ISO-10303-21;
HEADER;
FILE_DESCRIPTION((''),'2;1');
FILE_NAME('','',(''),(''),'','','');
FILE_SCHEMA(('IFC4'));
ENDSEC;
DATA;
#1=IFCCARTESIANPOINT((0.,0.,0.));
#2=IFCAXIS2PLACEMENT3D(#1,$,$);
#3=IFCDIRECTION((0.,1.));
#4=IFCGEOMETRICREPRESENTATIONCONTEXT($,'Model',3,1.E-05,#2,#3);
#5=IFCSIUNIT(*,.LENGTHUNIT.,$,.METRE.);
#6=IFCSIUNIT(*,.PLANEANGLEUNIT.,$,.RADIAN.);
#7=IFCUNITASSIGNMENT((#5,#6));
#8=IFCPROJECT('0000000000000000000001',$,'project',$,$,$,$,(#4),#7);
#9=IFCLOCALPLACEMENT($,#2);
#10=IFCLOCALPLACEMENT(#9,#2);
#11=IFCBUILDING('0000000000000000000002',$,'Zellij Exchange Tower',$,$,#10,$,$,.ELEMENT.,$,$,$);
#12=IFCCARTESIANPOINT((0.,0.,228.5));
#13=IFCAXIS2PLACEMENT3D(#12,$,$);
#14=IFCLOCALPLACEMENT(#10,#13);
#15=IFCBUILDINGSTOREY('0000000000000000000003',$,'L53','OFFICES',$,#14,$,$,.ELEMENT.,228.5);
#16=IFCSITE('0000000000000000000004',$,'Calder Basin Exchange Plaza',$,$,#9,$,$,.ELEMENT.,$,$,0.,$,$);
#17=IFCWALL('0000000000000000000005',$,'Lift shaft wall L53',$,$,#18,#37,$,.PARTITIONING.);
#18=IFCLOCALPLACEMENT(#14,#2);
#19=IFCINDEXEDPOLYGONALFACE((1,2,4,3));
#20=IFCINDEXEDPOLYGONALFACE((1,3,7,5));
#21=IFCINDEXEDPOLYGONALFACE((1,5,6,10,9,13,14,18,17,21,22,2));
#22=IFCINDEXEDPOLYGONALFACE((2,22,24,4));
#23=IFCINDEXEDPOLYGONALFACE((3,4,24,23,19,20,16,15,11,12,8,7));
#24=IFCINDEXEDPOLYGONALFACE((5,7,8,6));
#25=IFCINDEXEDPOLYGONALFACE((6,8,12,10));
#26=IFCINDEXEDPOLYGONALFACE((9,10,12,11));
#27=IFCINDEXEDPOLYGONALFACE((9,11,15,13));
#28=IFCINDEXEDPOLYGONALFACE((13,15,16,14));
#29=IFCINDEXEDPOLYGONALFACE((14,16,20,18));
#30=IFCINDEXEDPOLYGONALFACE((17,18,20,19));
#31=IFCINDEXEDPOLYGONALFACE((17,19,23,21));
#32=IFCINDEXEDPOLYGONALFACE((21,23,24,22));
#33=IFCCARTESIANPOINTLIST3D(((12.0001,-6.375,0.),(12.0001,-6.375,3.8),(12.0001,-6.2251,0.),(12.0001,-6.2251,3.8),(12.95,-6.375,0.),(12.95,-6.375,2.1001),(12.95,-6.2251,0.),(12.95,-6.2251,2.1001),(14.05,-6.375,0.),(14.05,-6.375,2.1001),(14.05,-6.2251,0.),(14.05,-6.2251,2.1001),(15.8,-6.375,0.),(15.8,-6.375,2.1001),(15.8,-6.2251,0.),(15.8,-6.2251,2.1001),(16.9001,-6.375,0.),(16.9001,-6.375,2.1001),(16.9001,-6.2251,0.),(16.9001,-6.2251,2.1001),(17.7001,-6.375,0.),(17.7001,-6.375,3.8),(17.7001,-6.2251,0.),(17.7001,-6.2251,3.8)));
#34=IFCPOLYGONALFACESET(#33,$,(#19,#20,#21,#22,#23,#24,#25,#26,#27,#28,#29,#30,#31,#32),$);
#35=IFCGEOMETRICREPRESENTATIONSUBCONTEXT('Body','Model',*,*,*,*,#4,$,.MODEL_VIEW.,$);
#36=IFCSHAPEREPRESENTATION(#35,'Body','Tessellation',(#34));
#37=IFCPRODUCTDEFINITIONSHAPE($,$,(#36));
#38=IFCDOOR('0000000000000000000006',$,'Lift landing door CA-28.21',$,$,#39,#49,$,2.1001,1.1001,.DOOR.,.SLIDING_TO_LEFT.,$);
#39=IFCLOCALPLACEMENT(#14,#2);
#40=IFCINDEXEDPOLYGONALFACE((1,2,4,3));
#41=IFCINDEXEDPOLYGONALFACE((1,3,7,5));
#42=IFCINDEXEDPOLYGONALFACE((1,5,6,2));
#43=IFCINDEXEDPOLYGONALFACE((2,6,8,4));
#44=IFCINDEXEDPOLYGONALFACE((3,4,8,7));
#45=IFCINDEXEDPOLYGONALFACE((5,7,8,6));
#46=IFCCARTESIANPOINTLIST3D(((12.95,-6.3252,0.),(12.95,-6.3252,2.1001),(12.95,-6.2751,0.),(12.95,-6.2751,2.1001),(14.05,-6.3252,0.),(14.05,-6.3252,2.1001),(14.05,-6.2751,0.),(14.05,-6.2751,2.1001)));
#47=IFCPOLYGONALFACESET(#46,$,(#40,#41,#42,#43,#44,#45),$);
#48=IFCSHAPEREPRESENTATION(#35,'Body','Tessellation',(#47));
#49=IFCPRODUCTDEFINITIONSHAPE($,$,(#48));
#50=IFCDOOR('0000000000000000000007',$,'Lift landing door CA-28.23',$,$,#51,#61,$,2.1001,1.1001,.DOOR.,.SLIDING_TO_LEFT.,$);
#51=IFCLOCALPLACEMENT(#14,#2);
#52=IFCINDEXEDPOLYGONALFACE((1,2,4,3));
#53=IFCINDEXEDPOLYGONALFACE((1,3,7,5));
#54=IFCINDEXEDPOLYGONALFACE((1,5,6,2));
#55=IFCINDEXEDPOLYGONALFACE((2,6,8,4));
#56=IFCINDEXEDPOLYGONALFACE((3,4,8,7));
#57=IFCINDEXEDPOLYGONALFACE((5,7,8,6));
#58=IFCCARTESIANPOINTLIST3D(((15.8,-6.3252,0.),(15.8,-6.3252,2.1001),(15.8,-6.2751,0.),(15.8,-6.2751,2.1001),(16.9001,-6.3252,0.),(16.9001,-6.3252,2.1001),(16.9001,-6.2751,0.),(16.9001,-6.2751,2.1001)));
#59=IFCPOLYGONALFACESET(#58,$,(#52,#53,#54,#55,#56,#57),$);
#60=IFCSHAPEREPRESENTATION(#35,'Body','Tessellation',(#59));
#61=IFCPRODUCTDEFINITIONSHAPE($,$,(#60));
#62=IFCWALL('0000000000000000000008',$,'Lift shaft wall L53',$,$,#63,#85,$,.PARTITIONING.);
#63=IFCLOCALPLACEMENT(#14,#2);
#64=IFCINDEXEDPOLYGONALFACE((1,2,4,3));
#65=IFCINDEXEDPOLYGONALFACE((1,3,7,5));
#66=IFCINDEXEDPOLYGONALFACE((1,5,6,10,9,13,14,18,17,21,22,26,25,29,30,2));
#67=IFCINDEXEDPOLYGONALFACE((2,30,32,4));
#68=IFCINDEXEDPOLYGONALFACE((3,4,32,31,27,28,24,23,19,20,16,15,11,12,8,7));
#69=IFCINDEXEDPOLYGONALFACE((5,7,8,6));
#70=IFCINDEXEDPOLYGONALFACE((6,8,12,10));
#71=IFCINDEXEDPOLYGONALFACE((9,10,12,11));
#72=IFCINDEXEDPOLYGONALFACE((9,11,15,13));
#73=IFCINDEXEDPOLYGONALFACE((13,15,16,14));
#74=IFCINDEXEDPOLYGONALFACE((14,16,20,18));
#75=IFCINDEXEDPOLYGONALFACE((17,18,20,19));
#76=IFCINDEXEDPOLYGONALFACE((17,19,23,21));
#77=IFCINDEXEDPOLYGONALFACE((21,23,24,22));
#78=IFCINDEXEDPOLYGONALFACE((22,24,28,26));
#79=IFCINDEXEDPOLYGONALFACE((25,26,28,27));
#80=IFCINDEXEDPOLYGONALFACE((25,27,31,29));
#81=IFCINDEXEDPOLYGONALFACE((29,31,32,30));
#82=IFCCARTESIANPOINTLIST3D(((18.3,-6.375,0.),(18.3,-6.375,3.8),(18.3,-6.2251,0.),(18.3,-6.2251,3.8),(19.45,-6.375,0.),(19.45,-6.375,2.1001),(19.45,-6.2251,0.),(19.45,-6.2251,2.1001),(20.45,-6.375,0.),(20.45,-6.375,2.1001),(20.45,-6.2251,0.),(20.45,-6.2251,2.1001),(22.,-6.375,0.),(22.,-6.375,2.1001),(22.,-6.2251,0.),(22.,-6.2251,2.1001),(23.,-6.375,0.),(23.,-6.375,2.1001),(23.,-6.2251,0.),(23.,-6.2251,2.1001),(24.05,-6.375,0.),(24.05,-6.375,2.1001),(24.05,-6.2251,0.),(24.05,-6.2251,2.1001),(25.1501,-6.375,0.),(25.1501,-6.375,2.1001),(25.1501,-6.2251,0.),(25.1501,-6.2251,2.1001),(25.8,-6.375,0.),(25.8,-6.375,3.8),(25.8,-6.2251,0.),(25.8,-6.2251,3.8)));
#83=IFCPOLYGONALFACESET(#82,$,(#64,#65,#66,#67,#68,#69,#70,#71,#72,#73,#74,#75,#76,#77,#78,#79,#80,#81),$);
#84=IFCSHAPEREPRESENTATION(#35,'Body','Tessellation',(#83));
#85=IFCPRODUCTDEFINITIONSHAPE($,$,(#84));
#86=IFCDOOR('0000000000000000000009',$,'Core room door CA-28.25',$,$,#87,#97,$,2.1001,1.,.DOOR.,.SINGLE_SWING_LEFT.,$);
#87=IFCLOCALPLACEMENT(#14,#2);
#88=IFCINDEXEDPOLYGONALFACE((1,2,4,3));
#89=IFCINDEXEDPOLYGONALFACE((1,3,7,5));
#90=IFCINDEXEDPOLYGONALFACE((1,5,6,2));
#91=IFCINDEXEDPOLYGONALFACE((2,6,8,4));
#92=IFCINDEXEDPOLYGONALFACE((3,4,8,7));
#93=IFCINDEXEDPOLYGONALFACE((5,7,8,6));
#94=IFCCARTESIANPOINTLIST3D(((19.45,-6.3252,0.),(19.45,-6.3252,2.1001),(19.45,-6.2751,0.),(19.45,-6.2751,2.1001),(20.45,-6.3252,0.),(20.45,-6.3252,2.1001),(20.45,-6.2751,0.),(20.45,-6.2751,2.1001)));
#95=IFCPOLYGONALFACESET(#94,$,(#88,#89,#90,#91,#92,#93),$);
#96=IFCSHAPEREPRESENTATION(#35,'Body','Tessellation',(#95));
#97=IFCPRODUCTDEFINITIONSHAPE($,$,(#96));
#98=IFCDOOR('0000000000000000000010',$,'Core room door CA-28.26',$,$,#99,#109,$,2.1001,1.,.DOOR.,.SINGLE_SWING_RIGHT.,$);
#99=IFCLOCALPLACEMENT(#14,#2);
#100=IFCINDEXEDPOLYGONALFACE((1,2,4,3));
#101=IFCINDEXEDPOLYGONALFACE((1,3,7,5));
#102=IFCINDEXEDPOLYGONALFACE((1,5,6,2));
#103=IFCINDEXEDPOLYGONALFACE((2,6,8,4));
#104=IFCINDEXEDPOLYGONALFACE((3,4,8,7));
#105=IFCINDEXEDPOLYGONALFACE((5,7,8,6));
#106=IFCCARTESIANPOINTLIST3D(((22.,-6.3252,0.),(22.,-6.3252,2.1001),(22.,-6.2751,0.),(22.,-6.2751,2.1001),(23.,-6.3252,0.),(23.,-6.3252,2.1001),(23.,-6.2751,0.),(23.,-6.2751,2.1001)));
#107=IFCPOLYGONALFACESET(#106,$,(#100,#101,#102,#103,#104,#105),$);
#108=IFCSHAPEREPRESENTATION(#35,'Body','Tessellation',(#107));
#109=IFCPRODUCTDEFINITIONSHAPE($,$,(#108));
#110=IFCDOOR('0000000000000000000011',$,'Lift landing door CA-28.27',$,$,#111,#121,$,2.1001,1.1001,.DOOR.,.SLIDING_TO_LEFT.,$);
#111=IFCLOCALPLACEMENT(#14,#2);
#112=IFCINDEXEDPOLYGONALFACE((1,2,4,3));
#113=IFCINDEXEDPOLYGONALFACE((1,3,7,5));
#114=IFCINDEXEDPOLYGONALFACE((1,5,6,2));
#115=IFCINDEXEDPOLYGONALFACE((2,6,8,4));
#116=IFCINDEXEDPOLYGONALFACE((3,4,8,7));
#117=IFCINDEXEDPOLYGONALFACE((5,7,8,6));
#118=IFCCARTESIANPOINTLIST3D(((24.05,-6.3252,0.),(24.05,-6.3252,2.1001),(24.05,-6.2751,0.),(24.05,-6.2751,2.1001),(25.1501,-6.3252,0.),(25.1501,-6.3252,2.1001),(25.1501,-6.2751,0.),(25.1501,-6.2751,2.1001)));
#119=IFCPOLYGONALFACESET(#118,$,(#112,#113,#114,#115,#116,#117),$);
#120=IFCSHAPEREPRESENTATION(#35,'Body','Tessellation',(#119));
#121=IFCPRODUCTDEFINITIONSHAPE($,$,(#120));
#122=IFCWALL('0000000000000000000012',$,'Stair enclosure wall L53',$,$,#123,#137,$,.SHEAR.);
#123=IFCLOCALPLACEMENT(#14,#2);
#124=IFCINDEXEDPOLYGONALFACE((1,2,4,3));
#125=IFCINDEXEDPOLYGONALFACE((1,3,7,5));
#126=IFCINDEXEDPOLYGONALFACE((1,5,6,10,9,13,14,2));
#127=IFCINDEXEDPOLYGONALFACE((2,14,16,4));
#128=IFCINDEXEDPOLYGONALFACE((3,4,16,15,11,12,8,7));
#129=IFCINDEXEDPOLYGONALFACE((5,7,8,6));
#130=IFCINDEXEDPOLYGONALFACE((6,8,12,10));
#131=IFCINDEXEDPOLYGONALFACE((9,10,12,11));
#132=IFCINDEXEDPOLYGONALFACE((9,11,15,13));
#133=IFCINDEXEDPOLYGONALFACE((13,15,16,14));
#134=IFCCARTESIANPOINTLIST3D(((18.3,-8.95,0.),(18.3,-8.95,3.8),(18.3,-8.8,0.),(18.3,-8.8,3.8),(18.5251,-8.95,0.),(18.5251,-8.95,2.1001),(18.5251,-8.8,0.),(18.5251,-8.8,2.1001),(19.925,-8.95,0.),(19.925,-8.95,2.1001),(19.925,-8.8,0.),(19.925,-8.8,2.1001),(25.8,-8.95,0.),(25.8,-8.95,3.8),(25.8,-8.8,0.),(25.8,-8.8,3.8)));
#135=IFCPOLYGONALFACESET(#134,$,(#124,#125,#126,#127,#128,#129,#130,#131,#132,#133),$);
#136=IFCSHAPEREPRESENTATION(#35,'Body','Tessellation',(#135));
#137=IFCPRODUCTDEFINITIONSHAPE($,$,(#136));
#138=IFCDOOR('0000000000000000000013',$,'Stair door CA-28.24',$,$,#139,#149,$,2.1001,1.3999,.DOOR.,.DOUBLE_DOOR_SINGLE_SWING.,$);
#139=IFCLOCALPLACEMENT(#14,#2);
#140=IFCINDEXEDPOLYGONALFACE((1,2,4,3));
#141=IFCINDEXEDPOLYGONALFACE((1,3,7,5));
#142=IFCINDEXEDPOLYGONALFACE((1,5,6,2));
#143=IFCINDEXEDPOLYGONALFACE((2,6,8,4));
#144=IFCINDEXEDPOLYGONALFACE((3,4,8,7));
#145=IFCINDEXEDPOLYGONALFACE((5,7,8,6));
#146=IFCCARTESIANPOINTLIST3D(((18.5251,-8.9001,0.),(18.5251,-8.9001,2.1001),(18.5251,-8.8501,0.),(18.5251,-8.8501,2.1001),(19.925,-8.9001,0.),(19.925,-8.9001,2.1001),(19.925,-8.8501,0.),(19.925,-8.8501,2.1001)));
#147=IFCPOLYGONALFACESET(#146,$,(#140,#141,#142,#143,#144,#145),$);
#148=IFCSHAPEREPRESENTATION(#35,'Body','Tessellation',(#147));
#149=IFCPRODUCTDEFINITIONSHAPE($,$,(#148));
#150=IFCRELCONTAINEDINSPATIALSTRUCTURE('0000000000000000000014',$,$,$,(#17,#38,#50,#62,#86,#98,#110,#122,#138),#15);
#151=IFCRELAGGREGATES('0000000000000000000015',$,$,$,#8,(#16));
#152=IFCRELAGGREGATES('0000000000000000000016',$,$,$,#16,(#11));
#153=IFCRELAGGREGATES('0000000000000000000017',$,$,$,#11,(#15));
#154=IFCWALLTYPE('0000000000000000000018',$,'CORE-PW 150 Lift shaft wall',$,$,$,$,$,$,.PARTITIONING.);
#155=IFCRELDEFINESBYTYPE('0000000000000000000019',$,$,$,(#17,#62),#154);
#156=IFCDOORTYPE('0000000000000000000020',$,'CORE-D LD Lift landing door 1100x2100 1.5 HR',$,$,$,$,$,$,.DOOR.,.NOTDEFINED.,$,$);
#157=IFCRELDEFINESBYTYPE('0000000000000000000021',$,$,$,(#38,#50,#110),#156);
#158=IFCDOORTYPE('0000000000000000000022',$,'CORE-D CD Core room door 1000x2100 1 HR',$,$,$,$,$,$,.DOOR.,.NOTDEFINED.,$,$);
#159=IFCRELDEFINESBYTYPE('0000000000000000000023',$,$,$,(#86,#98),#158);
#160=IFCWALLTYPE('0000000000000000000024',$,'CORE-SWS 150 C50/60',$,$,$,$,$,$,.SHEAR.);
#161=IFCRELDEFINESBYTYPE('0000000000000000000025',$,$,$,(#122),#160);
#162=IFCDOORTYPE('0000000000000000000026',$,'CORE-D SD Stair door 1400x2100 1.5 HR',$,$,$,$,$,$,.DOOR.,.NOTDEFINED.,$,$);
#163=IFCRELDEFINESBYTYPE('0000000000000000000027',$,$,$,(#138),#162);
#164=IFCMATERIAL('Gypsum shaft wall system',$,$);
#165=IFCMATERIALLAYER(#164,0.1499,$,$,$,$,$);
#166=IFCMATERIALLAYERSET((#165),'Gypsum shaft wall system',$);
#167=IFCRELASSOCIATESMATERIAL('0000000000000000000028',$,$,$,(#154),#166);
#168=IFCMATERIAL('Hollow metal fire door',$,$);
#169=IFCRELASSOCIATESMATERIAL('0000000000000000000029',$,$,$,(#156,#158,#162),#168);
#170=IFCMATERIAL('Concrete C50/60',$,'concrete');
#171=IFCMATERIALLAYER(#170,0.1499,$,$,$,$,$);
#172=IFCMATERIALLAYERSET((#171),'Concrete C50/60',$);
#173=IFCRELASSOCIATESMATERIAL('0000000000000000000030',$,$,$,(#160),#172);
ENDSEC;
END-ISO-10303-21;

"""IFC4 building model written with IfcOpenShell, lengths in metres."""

from ifc_helpers import new_model, si_unit, direction, frame, frame_2d, origin, place, context, subcontext, project, spatial, rectangle, extrude, material, layer, layer_set, type_object, element, fill, save


model = new_model("IFC4")

# Units and contexts
model_context = context("Model", 3, precision=1e-05, world=origin(), true_north=direction((0.0, 1.0)))
body_context = subcontext(model_context, "Body", "Model", "MODEL_VIEW")
ifc_project = project(units=[si_unit("LENGTHUNIT", "METRE"), si_unit("PLANEANGLEUNIT", "RADIAN")], contexts=[model_context])

# Site, building, storey
site_placement = place(None, origin())
site = spatial("IfcSite", under=ifc_project, at=site_placement, Name="Calder Basin Exchange Plaza", CompositionType="ELEMENT", RefElevation=0.0)
building_placement = place(site_placement, origin())
building = spatial("IfcBuilding", under=site, at=building_placement, Name="Zellij Exchange Tower", CompositionType="ELEMENT")
storey_placement = place(building_placement, frame((0.0, 0.0, 228.5)))
storey = spatial("IfcBuildingStorey", under=building, at=storey_placement, Name="L53", Description="OFFICES", CompositionType="ELEMENT", Elevation=228.5)

# Shared definitions
ifc_material_1 = material(Name="Concrete C50/60", Category="concrete")
ifc_material_2 = material(Name="Gypsum shaft wall system")
ifc_layer_1 = layer(ifc_material_2, 0.1499)
ifc_layer_set_1 = layer_set([ifc_layer_1], Name="Gypsum shaft wall system")
wall_type_1 = type_object("IfcWallType", Name="CORE-PW 150 Lift shaft wall", PredefinedType="PARTITIONING", material=ifc_layer_set_1)

# Walls, openings, doors
wall_1_placement = place(storey_placement, frame((12.0, -6.3, 0.0), z_axis=(0.0, 0.0, 1.0), x_axis=(1.0, 0.0, 0.0)))
wall_1 = element("IfcWall", 1, at=wall_1_placement, inside=storey, type_object=wall_type_1, Name="Lift shaft wall L53", PredefinedType="PARTITIONING", context=body_context, shape_type="SweptSolid", body=[
    extrude(rectangle(XDim=5.7, YDim=0.1499, at=frame_2d((2.8501, 0.0))), origin(), (0.0, 0.0, 1.0), 3.8),
])
opening_1_placement = place(wall_1_placement, frame((0.95, 0.0, 0.0)))
opening_1 = element("IfcOpeningElement", 2, at=opening_1_placement, cuts=wall_1, PredefinedType="OPENING", context=body_context, shape_type="SweptSolid", body=[
    extrude(rectangle(XDim=1.1001, YDim=2.1001, at=frame_2d((0.55, 1.05))), frame((0.0, 0.0869, 0.0), z_axis=(0.0, -1.0, 0.0), x_axis=(1.0, 0.0, 0.0)), (0.0, 0.0, 1.0), 0.1738),
])
opening_2_placement = place(wall_1_placement, frame((3.8, 0.0, 0.0)))
opening_2 = element("IfcOpeningElement", 3, at=opening_2_placement, cuts=wall_1, PredefinedType="OPENING", context=body_context, shape_type="SweptSolid", body=[
    extrude(rectangle(XDim=1.1001, YDim=2.1001, at=frame_2d((0.55, 1.05))), frame((0.0, 0.0869, 0.0), z_axis=(0.0, -1.0, 0.0), x_axis=(1.0, 0.0, 0.0)), (0.0, 0.0, 1.0), 0.1738),
])
ifc_material_3 = material(Name="Hollow metal fire door")
door_type_1 = type_object("IfcDoorType", Name="CORE-D LD Lift landing door 1100x2100 1.5 HR", OperationType="NOTDEFINED", PredefinedType="DOOR", material=ifc_material_3)
door_1_placement = place(opening_1_placement, origin())
door_1 = element("IfcDoor", 4, at=door_1_placement, inside=storey, type_object=door_type_1, Name="Lift landing door CA-28.21", OperationType="SLIDING_TO_LEFT", OverallHeight=2.1001, OverallWidth=1.1001, PredefinedType="DOOR", context=body_context, shape_type="SweptSolid", body=[
    extrude(rectangle(XDim=1.1001, YDim=2.1001, at=frame_2d((0.55, 1.05))), frame((0.0, 0.0249, 0.0), z_axis=(0.0, -1.0, 0.0), x_axis=(1.0, 0.0, 0.0)), (0.0, 0.0, 1.0), 0.05),
])
fill(opening_1, door_1)
door_2_placement = place(opening_2_placement, origin())
door_2 = element("IfcDoor", 5, at=door_2_placement, inside=storey, type_object=door_type_1, Name="Lift landing door CA-28.23", OperationType="SLIDING_TO_LEFT", OverallHeight=2.1001, OverallWidth=1.1001, PredefinedType="DOOR", context=body_context, shape_type="SweptSolid", body=[
    extrude(rectangle(XDim=1.1001, YDim=2.1001, at=frame_2d((0.55, 1.05))), frame((0.0, 0.0249, 0.0), z_axis=(0.0, -1.0, 0.0), x_axis=(1.0, 0.0, 0.0)), (0.0, 0.0, 1.0), 0.05),
])
fill(opening_2, door_2)
wall_2_placement = place(storey_placement, frame((18.3, -6.3, 0.0), z_axis=(0.0, 0.0, 1.0), x_axis=(1.0, 0.0, 0.0)))
wall_2 = element("IfcWall", 6, at=wall_2_placement, inside=storey, type_object=wall_type_1, Name="Lift shaft wall L53", PredefinedType="PARTITIONING", context=body_context, shape_type="SweptSolid", body=[
    extrude(rectangle(XDim=7.5, YDim=0.1499, at=frame_2d((3.75, 0.0))), origin(), (0.0, 0.0, 1.0), 3.8),
])
opening_3_placement = place(wall_2_placement, frame((1.1499, 0.0, 0.0)))
opening_3 = element("IfcOpeningElement", 7, at=opening_3_placement, cuts=wall_2, PredefinedType="OPENING", context=body_context, shape_type="SweptSolid", body=[
    extrude(rectangle(XDim=1.0, YDim=2.1001, at=frame_2d((0.5, 1.05))), frame((0.0, 0.0869, 0.0), z_axis=(0.0, -1.0, 0.0), x_axis=(1.0, 0.0, 0.0)), (0.0, 0.0, 1.0), 0.1738),
])
opening_4_placement = place(wall_2_placement, frame((3.7, 0.0, 0.0)))
opening_4 = element("IfcOpeningElement", 8, at=opening_4_placement, cuts=wall_2, PredefinedType="OPENING", context=body_context, shape_type="SweptSolid", body=[
    extrude(rectangle(XDim=1.0, YDim=2.1001, at=frame_2d((0.5, 1.05))), frame((0.0, 0.0869, 0.0), z_axis=(0.0, -1.0, 0.0), x_axis=(1.0, 0.0, 0.0)), (0.0, 0.0, 1.0), 0.1738),
])
opening_5_placement = place(wall_2_placement, frame((5.75, 0.0, 0.0)))
opening_5 = element("IfcOpeningElement", 9, at=opening_5_placement, cuts=wall_2, PredefinedType="OPENING", context=body_context, shape_type="SweptSolid", body=[
    extrude(rectangle(XDim=1.1001, YDim=2.1001, at=frame_2d((0.55, 1.05))), frame((0.0, 0.0869, 0.0), z_axis=(0.0, -1.0, 0.0), x_axis=(1.0, 0.0, 0.0)), (0.0, 0.0, 1.0), 0.1738),
])
door_type_2 = type_object("IfcDoorType", Name="CORE-D CD Core room door 1000x2100 1 HR", OperationType="NOTDEFINED", PredefinedType="DOOR", material=ifc_material_3)
door_3_placement = place(opening_3_placement, origin())
door_3 = element("IfcDoor", 10, at=door_3_placement, inside=storey, type_object=door_type_2, Name="Core room door CA-28.25", OperationType="SINGLE_SWING_LEFT", OverallHeight=2.1001, OverallWidth=1.0, PredefinedType="DOOR", context=body_context, shape_type="SweptSolid", body=[
    extrude(rectangle(XDim=1.0, YDim=2.1001, at=frame_2d((0.5, 1.05))), frame((0.0, 0.0249, 0.0), z_axis=(0.0, -1.0, 0.0), x_axis=(1.0, 0.0, 0.0)), (0.0, 0.0, 1.0), 0.05),
])
fill(opening_3, door_3)
door_4_placement = place(opening_4_placement, origin())
door_4 = element("IfcDoor", 11, at=door_4_placement, inside=storey, type_object=door_type_2, Name="Core room door CA-28.26", OperationType="SINGLE_SWING_RIGHT", OverallHeight=2.1001, OverallWidth=1.0, PredefinedType="DOOR", context=body_context, shape_type="SweptSolid", body=[
    extrude(rectangle(XDim=1.0, YDim=2.1001, at=frame_2d((0.5, 1.05))), frame((0.0, 0.0249, 0.0), z_axis=(0.0, -1.0, 0.0), x_axis=(1.0, 0.0, 0.0)), (0.0, 0.0, 1.0), 0.05),
])
fill(opening_4, door_4)
door_5_placement = place(opening_5_placement, origin())
door_5 = element("IfcDoor", 12, at=door_5_placement, inside=storey, type_object=door_type_1, Name="Lift landing door CA-28.27", OperationType="SLIDING_TO_LEFT", OverallHeight=2.1001, OverallWidth=1.1001, PredefinedType="DOOR", context=body_context, shape_type="SweptSolid", body=[
    extrude(rectangle(XDim=1.1001, YDim=2.1001, at=frame_2d((0.55, 1.05))), frame((0.0, 0.0249, 0.0), z_axis=(0.0, -1.0, 0.0), x_axis=(1.0, 0.0, 0.0)), (0.0, 0.0, 1.0), 0.05),
])
fill(opening_5, door_5)

# Wall, opening, door
ifc_layer_2 = layer(ifc_material_1, 0.1499)
ifc_layer_set_2 = layer_set([ifc_layer_2], Name="Concrete C50/60")
wall_type_2 = type_object("IfcWallType", Name="CORE-SWS 150 C50/60", PredefinedType="SHEAR", material=ifc_layer_set_2)
wall_3_placement = place(storey_placement, frame((18.3, -8.875, 0.0), z_axis=(0.0, 0.0, 1.0), x_axis=(1.0, 0.0, 0.0)))
wall_3 = element("IfcWall", 13, at=wall_3_placement, inside=storey, type_object=wall_type_2, Name="Stair enclosure wall L53", PredefinedType="SHEAR", context=body_context, shape_type="SweptSolid", body=[
    extrude(rectangle(XDim=7.5, YDim=0.1499, at=frame_2d((3.75, 0.0))), origin(), (0.0, 0.0, 1.0), 3.8),
])
opening_6_placement = place(wall_3_placement, frame((0.2251, 0.0, 0.0)))
opening_6 = element("IfcOpeningElement", 14, at=opening_6_placement, cuts=wall_3, PredefinedType="OPENING", context=body_context, shape_type="SweptSolid", body=[
    extrude(rectangle(XDim=1.3999, YDim=2.1001, at=frame_2d((0.7, 1.05))), frame((0.0, 0.0869, 0.0), z_axis=(0.0, -1.0, 0.0), x_axis=(1.0, 0.0, 0.0)), (0.0, 0.0, 1.0), 0.1738),
])
door_type_3 = type_object("IfcDoorType", Name="CORE-D SD Stair door 1400x2100 1.5 HR", OperationType="NOTDEFINED", PredefinedType="DOOR", material=ifc_material_3)
door_6_placement = place(opening_6_placement, origin())
door_6 = element("IfcDoor", 15, at=door_6_placement, inside=storey, type_object=door_type_3, Name="Stair door CA-28.24", OperationType="DOUBLE_DOOR_SINGLE_SWING", OverallHeight=2.1001, OverallWidth=1.3999, PredefinedType="DOOR", context=body_context, shape_type="SweptSolid", body=[
    extrude(rectangle(XDim=1.3999, YDim=2.1001, at=frame_2d((0.7, 1.05))), frame((0.0, 0.0249, 0.0), z_axis=(0.0, -1.0, 0.0), x_axis=(1.0, 0.0, 0.0)), (0.0, 0.0, 1.0), 0.05),
])
fill(opening_6, door_6)

save(model, "model.ifc")
